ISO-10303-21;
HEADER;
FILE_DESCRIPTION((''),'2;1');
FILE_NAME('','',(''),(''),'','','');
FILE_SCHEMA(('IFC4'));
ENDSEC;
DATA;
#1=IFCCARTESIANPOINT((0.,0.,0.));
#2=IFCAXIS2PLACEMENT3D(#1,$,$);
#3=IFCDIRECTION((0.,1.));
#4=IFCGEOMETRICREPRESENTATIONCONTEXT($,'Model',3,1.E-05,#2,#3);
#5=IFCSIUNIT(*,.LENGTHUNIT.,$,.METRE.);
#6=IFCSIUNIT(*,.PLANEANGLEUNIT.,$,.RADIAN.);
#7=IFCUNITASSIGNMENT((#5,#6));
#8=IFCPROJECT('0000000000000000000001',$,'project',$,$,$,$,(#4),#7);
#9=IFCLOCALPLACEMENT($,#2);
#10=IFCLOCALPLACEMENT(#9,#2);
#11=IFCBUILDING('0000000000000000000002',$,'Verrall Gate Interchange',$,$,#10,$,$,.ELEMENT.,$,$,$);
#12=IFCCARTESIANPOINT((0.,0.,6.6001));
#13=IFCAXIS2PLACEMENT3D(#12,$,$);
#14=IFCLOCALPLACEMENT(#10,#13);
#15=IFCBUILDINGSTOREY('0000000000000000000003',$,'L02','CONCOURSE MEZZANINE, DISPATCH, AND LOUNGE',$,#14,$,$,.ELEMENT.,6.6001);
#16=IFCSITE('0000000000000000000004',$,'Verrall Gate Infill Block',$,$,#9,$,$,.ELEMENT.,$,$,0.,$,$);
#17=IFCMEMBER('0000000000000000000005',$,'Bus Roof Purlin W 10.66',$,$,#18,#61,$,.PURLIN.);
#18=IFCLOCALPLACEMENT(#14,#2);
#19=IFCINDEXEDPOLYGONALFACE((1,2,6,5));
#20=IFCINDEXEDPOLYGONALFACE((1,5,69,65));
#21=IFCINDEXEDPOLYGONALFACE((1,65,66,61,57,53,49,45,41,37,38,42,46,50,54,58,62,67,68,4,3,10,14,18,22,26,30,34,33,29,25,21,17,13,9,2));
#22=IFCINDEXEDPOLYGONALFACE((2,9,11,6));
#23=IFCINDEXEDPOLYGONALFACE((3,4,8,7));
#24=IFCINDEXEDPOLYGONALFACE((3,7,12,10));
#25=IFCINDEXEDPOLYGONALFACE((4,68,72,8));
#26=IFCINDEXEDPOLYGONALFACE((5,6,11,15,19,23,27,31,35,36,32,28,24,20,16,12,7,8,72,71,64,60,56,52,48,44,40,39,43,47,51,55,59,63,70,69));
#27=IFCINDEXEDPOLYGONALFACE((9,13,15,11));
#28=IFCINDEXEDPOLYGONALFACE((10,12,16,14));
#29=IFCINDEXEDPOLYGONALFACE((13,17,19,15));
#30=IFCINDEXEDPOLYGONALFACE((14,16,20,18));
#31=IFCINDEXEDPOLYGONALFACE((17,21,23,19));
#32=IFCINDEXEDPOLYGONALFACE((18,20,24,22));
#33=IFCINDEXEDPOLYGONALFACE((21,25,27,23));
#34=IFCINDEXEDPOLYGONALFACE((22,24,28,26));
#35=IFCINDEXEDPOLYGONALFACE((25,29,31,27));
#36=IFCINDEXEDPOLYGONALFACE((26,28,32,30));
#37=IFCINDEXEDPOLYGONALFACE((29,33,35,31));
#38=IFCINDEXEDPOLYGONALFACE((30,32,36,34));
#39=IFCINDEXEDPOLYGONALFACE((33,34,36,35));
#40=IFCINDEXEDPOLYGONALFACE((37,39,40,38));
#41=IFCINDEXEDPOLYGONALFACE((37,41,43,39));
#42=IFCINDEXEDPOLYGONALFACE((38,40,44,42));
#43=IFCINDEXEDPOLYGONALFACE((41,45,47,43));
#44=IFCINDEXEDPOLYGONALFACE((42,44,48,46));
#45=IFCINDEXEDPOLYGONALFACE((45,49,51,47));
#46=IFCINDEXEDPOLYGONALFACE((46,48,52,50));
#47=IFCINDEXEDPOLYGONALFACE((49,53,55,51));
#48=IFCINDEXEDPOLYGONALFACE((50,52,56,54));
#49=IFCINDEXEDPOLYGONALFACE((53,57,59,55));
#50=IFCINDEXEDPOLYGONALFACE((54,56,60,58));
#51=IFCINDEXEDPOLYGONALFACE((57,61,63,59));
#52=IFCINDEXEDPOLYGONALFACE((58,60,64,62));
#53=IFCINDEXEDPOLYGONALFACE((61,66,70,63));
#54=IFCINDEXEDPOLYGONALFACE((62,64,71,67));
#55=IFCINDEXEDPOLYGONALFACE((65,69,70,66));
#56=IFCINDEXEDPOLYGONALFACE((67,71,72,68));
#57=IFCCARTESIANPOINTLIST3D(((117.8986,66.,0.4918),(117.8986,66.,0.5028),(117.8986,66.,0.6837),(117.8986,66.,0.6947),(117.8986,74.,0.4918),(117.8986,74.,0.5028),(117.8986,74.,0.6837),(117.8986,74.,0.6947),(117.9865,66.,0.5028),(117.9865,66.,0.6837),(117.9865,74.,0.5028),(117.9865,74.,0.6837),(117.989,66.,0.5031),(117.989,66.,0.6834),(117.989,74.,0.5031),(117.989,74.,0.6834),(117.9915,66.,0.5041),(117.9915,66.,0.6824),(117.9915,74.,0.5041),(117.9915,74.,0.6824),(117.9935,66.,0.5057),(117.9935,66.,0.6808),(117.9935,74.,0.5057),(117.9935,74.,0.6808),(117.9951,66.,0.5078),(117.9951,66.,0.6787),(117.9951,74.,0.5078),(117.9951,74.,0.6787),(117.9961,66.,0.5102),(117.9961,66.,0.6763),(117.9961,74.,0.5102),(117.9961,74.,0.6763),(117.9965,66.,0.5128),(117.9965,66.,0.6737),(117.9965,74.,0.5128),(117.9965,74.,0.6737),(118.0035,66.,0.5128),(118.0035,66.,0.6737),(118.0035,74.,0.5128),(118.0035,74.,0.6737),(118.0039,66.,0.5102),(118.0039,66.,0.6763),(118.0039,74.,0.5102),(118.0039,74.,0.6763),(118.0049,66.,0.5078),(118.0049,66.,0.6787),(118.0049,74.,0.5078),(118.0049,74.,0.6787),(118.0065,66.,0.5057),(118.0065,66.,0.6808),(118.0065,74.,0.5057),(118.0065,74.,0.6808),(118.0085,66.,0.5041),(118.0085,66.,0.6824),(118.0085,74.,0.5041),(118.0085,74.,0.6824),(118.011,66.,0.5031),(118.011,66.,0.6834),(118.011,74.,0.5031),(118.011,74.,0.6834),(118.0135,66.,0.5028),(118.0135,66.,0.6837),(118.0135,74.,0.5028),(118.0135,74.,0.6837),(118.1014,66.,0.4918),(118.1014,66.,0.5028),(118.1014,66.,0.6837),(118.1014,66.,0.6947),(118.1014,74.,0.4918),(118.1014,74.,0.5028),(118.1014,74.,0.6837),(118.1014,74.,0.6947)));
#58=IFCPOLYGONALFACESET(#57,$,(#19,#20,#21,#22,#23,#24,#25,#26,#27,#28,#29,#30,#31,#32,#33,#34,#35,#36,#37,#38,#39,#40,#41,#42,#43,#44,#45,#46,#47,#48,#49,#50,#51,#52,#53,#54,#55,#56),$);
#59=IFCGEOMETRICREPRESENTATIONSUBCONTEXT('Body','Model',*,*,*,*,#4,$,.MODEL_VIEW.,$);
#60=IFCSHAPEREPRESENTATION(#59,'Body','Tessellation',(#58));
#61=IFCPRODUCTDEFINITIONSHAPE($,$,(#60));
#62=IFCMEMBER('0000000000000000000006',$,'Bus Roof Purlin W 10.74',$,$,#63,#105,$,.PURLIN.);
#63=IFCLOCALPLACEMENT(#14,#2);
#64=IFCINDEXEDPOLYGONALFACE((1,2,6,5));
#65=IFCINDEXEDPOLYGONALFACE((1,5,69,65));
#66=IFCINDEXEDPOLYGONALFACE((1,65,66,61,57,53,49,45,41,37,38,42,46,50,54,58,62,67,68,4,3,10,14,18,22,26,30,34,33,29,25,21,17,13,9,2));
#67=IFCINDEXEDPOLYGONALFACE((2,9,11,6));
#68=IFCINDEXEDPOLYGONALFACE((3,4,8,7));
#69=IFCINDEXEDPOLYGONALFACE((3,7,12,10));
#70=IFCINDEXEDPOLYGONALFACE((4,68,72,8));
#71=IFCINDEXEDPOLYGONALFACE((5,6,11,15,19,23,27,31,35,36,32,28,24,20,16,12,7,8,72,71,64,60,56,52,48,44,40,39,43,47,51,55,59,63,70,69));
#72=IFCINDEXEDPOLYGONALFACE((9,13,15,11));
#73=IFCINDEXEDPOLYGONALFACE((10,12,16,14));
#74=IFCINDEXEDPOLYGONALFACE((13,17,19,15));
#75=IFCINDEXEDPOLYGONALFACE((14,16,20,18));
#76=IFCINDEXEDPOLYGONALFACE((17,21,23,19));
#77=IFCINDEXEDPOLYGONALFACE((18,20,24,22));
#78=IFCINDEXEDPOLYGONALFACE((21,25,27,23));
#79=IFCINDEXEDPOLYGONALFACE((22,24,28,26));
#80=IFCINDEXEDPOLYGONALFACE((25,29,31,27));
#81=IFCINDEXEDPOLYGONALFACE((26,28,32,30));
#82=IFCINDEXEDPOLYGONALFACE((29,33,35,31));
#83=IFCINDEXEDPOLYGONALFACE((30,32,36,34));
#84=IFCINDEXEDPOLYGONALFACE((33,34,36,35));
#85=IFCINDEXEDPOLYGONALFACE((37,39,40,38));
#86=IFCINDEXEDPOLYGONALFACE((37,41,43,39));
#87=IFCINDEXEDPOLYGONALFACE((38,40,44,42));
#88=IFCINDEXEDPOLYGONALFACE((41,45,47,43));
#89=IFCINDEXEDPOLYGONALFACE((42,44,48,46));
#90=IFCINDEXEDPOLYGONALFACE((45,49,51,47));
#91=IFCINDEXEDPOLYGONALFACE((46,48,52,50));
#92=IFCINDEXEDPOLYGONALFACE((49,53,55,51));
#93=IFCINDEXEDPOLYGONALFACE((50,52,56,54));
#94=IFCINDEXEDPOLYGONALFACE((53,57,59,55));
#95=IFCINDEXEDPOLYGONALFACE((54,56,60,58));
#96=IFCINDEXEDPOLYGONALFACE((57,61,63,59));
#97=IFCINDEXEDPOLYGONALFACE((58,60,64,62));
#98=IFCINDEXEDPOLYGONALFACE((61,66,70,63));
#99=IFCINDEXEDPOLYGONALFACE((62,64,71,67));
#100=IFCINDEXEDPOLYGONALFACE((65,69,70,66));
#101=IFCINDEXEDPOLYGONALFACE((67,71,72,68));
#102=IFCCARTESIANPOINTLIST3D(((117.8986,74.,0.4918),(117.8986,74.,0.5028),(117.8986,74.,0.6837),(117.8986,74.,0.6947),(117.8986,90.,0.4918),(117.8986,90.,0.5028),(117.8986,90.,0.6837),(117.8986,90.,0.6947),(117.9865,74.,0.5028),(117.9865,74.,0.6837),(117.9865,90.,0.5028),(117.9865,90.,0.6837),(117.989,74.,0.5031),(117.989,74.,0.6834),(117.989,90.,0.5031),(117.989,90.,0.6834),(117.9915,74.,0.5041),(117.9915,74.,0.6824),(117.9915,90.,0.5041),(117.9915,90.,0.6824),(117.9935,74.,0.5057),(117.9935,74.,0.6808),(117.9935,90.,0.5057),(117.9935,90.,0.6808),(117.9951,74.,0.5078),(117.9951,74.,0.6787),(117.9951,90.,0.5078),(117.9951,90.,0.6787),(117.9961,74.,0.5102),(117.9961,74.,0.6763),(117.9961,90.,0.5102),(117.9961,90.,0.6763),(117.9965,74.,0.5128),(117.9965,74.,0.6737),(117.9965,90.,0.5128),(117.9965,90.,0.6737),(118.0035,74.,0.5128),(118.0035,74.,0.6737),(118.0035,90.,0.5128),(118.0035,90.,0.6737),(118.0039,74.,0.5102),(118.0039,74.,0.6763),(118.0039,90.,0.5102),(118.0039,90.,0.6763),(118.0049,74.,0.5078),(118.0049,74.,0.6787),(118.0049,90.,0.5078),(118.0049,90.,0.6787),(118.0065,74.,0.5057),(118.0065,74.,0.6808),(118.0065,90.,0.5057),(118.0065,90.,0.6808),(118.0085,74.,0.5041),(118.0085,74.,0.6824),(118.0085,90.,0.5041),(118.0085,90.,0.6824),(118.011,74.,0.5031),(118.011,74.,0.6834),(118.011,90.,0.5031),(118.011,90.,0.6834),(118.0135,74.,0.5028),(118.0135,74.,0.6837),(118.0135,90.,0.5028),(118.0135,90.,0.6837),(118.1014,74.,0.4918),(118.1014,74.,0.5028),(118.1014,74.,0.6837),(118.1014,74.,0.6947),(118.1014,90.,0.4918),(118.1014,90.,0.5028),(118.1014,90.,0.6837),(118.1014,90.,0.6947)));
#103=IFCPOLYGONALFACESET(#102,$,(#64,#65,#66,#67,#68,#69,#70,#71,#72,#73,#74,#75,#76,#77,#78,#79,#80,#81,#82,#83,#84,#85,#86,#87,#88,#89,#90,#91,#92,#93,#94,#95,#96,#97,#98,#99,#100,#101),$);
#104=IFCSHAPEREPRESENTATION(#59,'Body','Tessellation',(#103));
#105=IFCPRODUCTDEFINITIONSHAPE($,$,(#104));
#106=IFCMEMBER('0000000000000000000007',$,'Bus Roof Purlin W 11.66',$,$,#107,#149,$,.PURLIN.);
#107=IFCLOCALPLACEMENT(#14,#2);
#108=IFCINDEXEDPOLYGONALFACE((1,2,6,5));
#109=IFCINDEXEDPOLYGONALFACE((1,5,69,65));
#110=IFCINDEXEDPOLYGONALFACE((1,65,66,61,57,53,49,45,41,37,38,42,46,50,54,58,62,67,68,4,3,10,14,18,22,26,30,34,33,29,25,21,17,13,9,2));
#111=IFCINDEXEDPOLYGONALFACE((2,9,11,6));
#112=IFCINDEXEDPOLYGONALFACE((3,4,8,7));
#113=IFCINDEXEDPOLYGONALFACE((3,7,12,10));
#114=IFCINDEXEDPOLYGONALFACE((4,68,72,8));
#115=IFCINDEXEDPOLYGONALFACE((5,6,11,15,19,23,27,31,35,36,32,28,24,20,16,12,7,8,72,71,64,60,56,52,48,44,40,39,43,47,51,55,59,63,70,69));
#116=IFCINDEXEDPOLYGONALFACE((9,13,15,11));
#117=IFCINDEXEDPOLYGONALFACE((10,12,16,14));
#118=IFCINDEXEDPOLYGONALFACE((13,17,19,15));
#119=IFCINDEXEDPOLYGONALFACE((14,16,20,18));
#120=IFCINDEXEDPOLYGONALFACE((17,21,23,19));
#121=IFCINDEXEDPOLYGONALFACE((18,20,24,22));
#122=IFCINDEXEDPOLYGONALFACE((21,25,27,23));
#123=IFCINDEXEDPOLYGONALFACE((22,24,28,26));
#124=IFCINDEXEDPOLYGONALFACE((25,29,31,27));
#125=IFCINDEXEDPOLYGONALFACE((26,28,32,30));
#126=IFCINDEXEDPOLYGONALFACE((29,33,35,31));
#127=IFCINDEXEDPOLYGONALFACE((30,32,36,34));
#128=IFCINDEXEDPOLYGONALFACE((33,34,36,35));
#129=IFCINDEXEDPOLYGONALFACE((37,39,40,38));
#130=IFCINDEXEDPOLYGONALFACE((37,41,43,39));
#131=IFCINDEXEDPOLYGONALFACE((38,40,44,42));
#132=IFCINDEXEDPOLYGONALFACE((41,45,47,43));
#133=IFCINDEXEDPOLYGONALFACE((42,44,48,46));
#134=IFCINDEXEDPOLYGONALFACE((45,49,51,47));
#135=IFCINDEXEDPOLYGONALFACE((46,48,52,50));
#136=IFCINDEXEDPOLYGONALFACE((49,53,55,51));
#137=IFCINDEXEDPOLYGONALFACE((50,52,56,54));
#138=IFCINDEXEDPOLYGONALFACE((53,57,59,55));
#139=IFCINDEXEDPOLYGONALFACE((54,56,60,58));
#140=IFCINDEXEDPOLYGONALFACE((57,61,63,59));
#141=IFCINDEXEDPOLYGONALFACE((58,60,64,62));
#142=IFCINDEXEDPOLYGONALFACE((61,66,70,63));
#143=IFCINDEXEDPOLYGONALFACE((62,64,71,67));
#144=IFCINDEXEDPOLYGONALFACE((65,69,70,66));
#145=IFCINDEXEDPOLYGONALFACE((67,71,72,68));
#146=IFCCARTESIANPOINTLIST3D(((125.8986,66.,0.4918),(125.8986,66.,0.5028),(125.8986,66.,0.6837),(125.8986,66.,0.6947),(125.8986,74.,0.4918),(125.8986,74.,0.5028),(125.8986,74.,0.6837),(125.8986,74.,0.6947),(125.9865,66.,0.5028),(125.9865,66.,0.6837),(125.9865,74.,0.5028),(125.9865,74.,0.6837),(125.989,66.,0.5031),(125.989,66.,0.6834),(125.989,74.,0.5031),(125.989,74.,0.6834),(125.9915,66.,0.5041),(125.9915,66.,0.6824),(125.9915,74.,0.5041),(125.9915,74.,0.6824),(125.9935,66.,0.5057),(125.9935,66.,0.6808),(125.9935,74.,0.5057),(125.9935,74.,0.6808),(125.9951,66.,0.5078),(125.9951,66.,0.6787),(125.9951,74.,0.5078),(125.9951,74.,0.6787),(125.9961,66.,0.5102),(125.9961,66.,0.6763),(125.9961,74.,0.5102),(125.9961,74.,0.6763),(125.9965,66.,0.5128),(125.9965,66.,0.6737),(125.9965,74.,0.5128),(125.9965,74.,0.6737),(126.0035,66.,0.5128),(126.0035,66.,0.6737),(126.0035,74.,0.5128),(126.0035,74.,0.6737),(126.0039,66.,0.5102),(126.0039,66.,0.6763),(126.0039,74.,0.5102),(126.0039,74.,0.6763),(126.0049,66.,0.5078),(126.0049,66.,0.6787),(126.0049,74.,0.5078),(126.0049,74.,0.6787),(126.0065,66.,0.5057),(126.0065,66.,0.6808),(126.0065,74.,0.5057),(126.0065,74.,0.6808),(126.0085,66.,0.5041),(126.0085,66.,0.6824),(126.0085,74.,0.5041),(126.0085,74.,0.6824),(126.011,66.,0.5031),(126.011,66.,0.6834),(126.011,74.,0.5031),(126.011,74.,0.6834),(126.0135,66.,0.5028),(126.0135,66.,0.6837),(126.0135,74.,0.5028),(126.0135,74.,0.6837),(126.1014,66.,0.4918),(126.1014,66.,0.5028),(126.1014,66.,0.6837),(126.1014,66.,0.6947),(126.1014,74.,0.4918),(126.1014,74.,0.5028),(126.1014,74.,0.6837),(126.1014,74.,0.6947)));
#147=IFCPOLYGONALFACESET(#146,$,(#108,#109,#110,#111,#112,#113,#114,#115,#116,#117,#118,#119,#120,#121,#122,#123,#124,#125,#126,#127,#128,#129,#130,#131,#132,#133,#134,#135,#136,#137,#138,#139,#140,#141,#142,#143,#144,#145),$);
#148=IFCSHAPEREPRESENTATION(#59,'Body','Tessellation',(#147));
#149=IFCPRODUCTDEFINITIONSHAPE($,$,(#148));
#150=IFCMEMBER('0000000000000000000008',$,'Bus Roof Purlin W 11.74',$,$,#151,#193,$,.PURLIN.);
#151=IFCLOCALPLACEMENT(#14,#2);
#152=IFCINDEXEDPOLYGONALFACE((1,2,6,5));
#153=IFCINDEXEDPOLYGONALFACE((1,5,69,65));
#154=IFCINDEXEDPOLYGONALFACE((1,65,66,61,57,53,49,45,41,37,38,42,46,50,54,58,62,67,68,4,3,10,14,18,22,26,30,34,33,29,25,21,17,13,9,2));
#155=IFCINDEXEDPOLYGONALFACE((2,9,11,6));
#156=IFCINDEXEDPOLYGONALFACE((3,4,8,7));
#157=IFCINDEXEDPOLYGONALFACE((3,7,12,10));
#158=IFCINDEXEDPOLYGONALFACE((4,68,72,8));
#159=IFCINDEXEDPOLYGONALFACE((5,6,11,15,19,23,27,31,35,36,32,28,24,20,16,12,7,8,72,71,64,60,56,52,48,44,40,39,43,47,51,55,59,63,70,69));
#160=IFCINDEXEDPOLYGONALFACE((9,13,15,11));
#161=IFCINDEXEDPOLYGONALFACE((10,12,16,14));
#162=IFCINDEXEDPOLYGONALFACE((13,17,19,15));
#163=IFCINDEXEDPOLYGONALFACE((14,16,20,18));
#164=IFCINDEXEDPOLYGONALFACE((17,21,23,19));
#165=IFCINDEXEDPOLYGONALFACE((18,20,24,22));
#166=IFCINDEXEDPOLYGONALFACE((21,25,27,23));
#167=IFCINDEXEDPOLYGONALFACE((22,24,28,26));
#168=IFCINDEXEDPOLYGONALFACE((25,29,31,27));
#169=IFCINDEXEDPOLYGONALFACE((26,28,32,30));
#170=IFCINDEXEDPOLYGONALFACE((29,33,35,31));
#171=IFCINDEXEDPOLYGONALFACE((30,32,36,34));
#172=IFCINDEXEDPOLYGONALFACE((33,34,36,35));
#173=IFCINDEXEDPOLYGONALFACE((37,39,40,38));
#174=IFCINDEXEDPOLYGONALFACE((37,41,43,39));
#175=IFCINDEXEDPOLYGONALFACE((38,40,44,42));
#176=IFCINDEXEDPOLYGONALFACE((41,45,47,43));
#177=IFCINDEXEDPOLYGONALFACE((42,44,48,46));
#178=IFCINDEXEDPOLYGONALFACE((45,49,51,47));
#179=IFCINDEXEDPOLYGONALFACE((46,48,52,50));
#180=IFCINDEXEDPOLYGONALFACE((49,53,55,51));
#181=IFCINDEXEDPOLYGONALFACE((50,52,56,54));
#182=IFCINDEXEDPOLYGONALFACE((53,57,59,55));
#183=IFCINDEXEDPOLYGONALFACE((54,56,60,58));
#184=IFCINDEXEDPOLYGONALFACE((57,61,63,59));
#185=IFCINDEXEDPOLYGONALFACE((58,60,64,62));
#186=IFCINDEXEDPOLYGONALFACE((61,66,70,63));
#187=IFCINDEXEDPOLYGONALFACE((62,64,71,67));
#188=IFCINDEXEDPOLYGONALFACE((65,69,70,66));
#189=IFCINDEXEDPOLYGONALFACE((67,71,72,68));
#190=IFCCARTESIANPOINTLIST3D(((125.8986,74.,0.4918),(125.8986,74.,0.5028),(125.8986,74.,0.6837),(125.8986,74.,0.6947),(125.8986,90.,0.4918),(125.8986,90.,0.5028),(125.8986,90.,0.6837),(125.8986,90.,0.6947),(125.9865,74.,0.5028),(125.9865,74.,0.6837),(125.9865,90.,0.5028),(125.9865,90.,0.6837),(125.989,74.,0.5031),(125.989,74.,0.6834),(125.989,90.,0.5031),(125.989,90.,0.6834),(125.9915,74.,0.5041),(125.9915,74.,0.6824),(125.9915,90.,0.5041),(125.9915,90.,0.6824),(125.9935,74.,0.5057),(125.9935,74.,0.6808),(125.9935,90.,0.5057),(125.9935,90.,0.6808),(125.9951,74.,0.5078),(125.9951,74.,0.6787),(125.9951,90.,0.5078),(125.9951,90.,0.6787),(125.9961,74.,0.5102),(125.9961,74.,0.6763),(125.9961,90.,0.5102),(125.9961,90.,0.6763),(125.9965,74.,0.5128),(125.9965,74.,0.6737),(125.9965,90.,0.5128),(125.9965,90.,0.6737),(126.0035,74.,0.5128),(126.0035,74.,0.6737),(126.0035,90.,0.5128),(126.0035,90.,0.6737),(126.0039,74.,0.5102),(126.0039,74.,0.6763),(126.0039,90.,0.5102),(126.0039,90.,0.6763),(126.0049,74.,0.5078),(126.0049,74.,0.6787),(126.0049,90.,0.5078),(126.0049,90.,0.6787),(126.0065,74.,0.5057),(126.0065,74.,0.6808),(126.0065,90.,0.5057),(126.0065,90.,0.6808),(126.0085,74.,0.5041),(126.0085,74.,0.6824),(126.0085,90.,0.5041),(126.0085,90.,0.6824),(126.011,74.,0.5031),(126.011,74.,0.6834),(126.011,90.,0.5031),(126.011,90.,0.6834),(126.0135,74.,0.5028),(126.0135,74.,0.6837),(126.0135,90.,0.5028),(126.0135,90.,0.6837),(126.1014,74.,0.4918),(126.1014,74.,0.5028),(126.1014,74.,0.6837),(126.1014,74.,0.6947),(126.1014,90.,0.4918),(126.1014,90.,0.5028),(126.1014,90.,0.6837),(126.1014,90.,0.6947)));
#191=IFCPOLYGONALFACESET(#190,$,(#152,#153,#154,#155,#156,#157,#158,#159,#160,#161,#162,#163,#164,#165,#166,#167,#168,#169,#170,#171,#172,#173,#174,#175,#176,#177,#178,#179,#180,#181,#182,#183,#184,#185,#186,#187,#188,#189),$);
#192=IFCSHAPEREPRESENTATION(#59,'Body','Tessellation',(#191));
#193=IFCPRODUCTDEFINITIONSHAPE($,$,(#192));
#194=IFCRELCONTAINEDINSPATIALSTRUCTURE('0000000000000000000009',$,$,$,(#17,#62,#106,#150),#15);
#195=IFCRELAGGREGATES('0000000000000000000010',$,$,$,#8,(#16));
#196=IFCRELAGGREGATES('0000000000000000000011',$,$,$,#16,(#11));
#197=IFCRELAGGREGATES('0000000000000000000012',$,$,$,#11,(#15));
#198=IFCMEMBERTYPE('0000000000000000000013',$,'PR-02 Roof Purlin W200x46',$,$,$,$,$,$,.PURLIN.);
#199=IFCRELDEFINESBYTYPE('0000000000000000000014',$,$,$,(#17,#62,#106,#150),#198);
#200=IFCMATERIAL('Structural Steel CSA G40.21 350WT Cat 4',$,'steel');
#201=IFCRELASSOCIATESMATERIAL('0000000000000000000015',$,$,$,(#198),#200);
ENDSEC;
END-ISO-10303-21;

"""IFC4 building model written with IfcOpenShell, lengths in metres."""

from ifc_helpers import new_model, si_unit, direction, frame, origin, origin_2d, place, context, subcontext, project, spatial, i_section, extrude, material, material_profile, profile_set, type_object, element, save


model = new_model("IFC4")

# Units and contexts
model_context = context("Model", 3, precision=1e-05, world=origin(), true_north=direction((0.0, 1.0)))
body_context = subcontext(model_context, "Body", "Model", "MODEL_VIEW")
ifc_project = project(units=[si_unit("LENGTHUNIT", "METRE"), si_unit("PLANEANGLEUNIT", "RADIAN")], contexts=[model_context])

# Site, building, storey
site_placement = place(None, origin())
site = spatial("IfcSite", under=ifc_project, at=site_placement, Name="Verrall Gate Infill Block", CompositionType="ELEMENT", RefElevation=0.0)
building_placement = place(site_placement, origin())
building = spatial("IfcBuilding", under=site, at=building_placement, Name="Verrall Gate Interchange", CompositionType="ELEMENT")
storey_placement = place(building_placement, frame((0.0, 0.0, 6.6001)))
storey = spatial("IfcBuildingStorey", under=building, at=storey_placement, Name="L02", Description="CONCOURSE MEZZANINE, DISPATCH, AND LOUNGE", CompositionType="ELEMENT", Elevation=6.6001)

# Members
ifc_material_1 = material(Name="Structural Steel CSA G40.21 350WT Cat 4", Category="steel")
ifc_material_profile_1 = material_profile(ifc_material_1, i_section(OverallWidth=0.2029, OverallDepth=0.2029, WebThickness=0.0071, FlangeThickness=0.011, FilletRadius=0.01, at=origin_2d()), Name="W200x46")
ifc_profile_set_1 = profile_set([ifc_material_profile_1], Name="Structural Steel CSA G40.21 350WT Cat 4")
member_type_1 = type_object("IfcMemberType", Name="PR-02 Roof Purlin W200x46", PredefinedType="PURLIN", material=ifc_profile_set_1)
member_1_placement = place(storey_placement, frame((118.0, 66.0, 0.5933), z_axis=(0.0, 1.0, 0.0), x_axis=(-1.0, 0.0, 0.0)))
element("IfcMember", 1, at=member_1_placement, inside=storey, type_object=member_type_1, Name="Bus Roof Purlin W 10.66", PredefinedType="PURLIN", context=body_context, shape_type="SweptSolid", body=[
    extrude(i_section(OverallWidth=0.2029, OverallDepth=0.2029, WebThickness=0.0071, FlangeThickness=0.011, FilletRadius=0.01, at=origin_2d()), origin(), (0.0, 0.0, 1.0), 8.0),
])
member_2_placement = place(storey_placement, frame((118.0, 74.0, 0.5933), z_axis=(0.0, 1.0, 0.0), x_axis=(-1.0, 0.0, 0.0)))
element("IfcMember", 2, at=member_2_placement, inside=storey, type_object=member_type_1, Name="Bus Roof Purlin W 10.74", PredefinedType="PURLIN", context=body_context, shape_type="SweptSolid", body=[
    extrude(i_section(OverallWidth=0.2029, OverallDepth=0.2029, WebThickness=0.0071, FlangeThickness=0.011, FilletRadius=0.01, at=origin_2d()), origin(), (0.0, 0.0, 1.0), 16.0),
])
member_3_placement = place(storey_placement, frame((126.0, 66.0, 0.5933), z_axis=(0.0, 1.0, 0.0), x_axis=(-1.0, 0.0, 0.0)))
element("IfcMember", 3, at=member_3_placement, inside=storey, type_object=member_type_1, Name="Bus Roof Purlin W 11.66", PredefinedType="PURLIN", context=body_context, shape_type="SweptSolid", body=[
    extrude(i_section(OverallWidth=0.2029, OverallDepth=0.2029, WebThickness=0.0071, FlangeThickness=0.011, FilletRadius=0.01, at=origin_2d()), origin(), (0.0, 0.0, 1.0), 8.0),
])
member_4_placement = place(storey_placement, frame((126.0, 74.0, 0.5933), z_axis=(0.0, 1.0, 0.0), x_axis=(-1.0, 0.0, 0.0)))
element("IfcMember", 4, at=member_4_placement, inside=storey, type_object=member_type_1, Name="Bus Roof Purlin W 11.74", PredefinedType="PURLIN", context=body_context, shape_type="SweptSolid", body=[
    extrude(i_section(OverallWidth=0.2029, OverallDepth=0.2029, WebThickness=0.0071, FlangeThickness=0.011, FilletRadius=0.01, at=origin_2d()), origin(), (0.0, 0.0, 1.0), 16.0),
])

save(model, "model.ifc")
